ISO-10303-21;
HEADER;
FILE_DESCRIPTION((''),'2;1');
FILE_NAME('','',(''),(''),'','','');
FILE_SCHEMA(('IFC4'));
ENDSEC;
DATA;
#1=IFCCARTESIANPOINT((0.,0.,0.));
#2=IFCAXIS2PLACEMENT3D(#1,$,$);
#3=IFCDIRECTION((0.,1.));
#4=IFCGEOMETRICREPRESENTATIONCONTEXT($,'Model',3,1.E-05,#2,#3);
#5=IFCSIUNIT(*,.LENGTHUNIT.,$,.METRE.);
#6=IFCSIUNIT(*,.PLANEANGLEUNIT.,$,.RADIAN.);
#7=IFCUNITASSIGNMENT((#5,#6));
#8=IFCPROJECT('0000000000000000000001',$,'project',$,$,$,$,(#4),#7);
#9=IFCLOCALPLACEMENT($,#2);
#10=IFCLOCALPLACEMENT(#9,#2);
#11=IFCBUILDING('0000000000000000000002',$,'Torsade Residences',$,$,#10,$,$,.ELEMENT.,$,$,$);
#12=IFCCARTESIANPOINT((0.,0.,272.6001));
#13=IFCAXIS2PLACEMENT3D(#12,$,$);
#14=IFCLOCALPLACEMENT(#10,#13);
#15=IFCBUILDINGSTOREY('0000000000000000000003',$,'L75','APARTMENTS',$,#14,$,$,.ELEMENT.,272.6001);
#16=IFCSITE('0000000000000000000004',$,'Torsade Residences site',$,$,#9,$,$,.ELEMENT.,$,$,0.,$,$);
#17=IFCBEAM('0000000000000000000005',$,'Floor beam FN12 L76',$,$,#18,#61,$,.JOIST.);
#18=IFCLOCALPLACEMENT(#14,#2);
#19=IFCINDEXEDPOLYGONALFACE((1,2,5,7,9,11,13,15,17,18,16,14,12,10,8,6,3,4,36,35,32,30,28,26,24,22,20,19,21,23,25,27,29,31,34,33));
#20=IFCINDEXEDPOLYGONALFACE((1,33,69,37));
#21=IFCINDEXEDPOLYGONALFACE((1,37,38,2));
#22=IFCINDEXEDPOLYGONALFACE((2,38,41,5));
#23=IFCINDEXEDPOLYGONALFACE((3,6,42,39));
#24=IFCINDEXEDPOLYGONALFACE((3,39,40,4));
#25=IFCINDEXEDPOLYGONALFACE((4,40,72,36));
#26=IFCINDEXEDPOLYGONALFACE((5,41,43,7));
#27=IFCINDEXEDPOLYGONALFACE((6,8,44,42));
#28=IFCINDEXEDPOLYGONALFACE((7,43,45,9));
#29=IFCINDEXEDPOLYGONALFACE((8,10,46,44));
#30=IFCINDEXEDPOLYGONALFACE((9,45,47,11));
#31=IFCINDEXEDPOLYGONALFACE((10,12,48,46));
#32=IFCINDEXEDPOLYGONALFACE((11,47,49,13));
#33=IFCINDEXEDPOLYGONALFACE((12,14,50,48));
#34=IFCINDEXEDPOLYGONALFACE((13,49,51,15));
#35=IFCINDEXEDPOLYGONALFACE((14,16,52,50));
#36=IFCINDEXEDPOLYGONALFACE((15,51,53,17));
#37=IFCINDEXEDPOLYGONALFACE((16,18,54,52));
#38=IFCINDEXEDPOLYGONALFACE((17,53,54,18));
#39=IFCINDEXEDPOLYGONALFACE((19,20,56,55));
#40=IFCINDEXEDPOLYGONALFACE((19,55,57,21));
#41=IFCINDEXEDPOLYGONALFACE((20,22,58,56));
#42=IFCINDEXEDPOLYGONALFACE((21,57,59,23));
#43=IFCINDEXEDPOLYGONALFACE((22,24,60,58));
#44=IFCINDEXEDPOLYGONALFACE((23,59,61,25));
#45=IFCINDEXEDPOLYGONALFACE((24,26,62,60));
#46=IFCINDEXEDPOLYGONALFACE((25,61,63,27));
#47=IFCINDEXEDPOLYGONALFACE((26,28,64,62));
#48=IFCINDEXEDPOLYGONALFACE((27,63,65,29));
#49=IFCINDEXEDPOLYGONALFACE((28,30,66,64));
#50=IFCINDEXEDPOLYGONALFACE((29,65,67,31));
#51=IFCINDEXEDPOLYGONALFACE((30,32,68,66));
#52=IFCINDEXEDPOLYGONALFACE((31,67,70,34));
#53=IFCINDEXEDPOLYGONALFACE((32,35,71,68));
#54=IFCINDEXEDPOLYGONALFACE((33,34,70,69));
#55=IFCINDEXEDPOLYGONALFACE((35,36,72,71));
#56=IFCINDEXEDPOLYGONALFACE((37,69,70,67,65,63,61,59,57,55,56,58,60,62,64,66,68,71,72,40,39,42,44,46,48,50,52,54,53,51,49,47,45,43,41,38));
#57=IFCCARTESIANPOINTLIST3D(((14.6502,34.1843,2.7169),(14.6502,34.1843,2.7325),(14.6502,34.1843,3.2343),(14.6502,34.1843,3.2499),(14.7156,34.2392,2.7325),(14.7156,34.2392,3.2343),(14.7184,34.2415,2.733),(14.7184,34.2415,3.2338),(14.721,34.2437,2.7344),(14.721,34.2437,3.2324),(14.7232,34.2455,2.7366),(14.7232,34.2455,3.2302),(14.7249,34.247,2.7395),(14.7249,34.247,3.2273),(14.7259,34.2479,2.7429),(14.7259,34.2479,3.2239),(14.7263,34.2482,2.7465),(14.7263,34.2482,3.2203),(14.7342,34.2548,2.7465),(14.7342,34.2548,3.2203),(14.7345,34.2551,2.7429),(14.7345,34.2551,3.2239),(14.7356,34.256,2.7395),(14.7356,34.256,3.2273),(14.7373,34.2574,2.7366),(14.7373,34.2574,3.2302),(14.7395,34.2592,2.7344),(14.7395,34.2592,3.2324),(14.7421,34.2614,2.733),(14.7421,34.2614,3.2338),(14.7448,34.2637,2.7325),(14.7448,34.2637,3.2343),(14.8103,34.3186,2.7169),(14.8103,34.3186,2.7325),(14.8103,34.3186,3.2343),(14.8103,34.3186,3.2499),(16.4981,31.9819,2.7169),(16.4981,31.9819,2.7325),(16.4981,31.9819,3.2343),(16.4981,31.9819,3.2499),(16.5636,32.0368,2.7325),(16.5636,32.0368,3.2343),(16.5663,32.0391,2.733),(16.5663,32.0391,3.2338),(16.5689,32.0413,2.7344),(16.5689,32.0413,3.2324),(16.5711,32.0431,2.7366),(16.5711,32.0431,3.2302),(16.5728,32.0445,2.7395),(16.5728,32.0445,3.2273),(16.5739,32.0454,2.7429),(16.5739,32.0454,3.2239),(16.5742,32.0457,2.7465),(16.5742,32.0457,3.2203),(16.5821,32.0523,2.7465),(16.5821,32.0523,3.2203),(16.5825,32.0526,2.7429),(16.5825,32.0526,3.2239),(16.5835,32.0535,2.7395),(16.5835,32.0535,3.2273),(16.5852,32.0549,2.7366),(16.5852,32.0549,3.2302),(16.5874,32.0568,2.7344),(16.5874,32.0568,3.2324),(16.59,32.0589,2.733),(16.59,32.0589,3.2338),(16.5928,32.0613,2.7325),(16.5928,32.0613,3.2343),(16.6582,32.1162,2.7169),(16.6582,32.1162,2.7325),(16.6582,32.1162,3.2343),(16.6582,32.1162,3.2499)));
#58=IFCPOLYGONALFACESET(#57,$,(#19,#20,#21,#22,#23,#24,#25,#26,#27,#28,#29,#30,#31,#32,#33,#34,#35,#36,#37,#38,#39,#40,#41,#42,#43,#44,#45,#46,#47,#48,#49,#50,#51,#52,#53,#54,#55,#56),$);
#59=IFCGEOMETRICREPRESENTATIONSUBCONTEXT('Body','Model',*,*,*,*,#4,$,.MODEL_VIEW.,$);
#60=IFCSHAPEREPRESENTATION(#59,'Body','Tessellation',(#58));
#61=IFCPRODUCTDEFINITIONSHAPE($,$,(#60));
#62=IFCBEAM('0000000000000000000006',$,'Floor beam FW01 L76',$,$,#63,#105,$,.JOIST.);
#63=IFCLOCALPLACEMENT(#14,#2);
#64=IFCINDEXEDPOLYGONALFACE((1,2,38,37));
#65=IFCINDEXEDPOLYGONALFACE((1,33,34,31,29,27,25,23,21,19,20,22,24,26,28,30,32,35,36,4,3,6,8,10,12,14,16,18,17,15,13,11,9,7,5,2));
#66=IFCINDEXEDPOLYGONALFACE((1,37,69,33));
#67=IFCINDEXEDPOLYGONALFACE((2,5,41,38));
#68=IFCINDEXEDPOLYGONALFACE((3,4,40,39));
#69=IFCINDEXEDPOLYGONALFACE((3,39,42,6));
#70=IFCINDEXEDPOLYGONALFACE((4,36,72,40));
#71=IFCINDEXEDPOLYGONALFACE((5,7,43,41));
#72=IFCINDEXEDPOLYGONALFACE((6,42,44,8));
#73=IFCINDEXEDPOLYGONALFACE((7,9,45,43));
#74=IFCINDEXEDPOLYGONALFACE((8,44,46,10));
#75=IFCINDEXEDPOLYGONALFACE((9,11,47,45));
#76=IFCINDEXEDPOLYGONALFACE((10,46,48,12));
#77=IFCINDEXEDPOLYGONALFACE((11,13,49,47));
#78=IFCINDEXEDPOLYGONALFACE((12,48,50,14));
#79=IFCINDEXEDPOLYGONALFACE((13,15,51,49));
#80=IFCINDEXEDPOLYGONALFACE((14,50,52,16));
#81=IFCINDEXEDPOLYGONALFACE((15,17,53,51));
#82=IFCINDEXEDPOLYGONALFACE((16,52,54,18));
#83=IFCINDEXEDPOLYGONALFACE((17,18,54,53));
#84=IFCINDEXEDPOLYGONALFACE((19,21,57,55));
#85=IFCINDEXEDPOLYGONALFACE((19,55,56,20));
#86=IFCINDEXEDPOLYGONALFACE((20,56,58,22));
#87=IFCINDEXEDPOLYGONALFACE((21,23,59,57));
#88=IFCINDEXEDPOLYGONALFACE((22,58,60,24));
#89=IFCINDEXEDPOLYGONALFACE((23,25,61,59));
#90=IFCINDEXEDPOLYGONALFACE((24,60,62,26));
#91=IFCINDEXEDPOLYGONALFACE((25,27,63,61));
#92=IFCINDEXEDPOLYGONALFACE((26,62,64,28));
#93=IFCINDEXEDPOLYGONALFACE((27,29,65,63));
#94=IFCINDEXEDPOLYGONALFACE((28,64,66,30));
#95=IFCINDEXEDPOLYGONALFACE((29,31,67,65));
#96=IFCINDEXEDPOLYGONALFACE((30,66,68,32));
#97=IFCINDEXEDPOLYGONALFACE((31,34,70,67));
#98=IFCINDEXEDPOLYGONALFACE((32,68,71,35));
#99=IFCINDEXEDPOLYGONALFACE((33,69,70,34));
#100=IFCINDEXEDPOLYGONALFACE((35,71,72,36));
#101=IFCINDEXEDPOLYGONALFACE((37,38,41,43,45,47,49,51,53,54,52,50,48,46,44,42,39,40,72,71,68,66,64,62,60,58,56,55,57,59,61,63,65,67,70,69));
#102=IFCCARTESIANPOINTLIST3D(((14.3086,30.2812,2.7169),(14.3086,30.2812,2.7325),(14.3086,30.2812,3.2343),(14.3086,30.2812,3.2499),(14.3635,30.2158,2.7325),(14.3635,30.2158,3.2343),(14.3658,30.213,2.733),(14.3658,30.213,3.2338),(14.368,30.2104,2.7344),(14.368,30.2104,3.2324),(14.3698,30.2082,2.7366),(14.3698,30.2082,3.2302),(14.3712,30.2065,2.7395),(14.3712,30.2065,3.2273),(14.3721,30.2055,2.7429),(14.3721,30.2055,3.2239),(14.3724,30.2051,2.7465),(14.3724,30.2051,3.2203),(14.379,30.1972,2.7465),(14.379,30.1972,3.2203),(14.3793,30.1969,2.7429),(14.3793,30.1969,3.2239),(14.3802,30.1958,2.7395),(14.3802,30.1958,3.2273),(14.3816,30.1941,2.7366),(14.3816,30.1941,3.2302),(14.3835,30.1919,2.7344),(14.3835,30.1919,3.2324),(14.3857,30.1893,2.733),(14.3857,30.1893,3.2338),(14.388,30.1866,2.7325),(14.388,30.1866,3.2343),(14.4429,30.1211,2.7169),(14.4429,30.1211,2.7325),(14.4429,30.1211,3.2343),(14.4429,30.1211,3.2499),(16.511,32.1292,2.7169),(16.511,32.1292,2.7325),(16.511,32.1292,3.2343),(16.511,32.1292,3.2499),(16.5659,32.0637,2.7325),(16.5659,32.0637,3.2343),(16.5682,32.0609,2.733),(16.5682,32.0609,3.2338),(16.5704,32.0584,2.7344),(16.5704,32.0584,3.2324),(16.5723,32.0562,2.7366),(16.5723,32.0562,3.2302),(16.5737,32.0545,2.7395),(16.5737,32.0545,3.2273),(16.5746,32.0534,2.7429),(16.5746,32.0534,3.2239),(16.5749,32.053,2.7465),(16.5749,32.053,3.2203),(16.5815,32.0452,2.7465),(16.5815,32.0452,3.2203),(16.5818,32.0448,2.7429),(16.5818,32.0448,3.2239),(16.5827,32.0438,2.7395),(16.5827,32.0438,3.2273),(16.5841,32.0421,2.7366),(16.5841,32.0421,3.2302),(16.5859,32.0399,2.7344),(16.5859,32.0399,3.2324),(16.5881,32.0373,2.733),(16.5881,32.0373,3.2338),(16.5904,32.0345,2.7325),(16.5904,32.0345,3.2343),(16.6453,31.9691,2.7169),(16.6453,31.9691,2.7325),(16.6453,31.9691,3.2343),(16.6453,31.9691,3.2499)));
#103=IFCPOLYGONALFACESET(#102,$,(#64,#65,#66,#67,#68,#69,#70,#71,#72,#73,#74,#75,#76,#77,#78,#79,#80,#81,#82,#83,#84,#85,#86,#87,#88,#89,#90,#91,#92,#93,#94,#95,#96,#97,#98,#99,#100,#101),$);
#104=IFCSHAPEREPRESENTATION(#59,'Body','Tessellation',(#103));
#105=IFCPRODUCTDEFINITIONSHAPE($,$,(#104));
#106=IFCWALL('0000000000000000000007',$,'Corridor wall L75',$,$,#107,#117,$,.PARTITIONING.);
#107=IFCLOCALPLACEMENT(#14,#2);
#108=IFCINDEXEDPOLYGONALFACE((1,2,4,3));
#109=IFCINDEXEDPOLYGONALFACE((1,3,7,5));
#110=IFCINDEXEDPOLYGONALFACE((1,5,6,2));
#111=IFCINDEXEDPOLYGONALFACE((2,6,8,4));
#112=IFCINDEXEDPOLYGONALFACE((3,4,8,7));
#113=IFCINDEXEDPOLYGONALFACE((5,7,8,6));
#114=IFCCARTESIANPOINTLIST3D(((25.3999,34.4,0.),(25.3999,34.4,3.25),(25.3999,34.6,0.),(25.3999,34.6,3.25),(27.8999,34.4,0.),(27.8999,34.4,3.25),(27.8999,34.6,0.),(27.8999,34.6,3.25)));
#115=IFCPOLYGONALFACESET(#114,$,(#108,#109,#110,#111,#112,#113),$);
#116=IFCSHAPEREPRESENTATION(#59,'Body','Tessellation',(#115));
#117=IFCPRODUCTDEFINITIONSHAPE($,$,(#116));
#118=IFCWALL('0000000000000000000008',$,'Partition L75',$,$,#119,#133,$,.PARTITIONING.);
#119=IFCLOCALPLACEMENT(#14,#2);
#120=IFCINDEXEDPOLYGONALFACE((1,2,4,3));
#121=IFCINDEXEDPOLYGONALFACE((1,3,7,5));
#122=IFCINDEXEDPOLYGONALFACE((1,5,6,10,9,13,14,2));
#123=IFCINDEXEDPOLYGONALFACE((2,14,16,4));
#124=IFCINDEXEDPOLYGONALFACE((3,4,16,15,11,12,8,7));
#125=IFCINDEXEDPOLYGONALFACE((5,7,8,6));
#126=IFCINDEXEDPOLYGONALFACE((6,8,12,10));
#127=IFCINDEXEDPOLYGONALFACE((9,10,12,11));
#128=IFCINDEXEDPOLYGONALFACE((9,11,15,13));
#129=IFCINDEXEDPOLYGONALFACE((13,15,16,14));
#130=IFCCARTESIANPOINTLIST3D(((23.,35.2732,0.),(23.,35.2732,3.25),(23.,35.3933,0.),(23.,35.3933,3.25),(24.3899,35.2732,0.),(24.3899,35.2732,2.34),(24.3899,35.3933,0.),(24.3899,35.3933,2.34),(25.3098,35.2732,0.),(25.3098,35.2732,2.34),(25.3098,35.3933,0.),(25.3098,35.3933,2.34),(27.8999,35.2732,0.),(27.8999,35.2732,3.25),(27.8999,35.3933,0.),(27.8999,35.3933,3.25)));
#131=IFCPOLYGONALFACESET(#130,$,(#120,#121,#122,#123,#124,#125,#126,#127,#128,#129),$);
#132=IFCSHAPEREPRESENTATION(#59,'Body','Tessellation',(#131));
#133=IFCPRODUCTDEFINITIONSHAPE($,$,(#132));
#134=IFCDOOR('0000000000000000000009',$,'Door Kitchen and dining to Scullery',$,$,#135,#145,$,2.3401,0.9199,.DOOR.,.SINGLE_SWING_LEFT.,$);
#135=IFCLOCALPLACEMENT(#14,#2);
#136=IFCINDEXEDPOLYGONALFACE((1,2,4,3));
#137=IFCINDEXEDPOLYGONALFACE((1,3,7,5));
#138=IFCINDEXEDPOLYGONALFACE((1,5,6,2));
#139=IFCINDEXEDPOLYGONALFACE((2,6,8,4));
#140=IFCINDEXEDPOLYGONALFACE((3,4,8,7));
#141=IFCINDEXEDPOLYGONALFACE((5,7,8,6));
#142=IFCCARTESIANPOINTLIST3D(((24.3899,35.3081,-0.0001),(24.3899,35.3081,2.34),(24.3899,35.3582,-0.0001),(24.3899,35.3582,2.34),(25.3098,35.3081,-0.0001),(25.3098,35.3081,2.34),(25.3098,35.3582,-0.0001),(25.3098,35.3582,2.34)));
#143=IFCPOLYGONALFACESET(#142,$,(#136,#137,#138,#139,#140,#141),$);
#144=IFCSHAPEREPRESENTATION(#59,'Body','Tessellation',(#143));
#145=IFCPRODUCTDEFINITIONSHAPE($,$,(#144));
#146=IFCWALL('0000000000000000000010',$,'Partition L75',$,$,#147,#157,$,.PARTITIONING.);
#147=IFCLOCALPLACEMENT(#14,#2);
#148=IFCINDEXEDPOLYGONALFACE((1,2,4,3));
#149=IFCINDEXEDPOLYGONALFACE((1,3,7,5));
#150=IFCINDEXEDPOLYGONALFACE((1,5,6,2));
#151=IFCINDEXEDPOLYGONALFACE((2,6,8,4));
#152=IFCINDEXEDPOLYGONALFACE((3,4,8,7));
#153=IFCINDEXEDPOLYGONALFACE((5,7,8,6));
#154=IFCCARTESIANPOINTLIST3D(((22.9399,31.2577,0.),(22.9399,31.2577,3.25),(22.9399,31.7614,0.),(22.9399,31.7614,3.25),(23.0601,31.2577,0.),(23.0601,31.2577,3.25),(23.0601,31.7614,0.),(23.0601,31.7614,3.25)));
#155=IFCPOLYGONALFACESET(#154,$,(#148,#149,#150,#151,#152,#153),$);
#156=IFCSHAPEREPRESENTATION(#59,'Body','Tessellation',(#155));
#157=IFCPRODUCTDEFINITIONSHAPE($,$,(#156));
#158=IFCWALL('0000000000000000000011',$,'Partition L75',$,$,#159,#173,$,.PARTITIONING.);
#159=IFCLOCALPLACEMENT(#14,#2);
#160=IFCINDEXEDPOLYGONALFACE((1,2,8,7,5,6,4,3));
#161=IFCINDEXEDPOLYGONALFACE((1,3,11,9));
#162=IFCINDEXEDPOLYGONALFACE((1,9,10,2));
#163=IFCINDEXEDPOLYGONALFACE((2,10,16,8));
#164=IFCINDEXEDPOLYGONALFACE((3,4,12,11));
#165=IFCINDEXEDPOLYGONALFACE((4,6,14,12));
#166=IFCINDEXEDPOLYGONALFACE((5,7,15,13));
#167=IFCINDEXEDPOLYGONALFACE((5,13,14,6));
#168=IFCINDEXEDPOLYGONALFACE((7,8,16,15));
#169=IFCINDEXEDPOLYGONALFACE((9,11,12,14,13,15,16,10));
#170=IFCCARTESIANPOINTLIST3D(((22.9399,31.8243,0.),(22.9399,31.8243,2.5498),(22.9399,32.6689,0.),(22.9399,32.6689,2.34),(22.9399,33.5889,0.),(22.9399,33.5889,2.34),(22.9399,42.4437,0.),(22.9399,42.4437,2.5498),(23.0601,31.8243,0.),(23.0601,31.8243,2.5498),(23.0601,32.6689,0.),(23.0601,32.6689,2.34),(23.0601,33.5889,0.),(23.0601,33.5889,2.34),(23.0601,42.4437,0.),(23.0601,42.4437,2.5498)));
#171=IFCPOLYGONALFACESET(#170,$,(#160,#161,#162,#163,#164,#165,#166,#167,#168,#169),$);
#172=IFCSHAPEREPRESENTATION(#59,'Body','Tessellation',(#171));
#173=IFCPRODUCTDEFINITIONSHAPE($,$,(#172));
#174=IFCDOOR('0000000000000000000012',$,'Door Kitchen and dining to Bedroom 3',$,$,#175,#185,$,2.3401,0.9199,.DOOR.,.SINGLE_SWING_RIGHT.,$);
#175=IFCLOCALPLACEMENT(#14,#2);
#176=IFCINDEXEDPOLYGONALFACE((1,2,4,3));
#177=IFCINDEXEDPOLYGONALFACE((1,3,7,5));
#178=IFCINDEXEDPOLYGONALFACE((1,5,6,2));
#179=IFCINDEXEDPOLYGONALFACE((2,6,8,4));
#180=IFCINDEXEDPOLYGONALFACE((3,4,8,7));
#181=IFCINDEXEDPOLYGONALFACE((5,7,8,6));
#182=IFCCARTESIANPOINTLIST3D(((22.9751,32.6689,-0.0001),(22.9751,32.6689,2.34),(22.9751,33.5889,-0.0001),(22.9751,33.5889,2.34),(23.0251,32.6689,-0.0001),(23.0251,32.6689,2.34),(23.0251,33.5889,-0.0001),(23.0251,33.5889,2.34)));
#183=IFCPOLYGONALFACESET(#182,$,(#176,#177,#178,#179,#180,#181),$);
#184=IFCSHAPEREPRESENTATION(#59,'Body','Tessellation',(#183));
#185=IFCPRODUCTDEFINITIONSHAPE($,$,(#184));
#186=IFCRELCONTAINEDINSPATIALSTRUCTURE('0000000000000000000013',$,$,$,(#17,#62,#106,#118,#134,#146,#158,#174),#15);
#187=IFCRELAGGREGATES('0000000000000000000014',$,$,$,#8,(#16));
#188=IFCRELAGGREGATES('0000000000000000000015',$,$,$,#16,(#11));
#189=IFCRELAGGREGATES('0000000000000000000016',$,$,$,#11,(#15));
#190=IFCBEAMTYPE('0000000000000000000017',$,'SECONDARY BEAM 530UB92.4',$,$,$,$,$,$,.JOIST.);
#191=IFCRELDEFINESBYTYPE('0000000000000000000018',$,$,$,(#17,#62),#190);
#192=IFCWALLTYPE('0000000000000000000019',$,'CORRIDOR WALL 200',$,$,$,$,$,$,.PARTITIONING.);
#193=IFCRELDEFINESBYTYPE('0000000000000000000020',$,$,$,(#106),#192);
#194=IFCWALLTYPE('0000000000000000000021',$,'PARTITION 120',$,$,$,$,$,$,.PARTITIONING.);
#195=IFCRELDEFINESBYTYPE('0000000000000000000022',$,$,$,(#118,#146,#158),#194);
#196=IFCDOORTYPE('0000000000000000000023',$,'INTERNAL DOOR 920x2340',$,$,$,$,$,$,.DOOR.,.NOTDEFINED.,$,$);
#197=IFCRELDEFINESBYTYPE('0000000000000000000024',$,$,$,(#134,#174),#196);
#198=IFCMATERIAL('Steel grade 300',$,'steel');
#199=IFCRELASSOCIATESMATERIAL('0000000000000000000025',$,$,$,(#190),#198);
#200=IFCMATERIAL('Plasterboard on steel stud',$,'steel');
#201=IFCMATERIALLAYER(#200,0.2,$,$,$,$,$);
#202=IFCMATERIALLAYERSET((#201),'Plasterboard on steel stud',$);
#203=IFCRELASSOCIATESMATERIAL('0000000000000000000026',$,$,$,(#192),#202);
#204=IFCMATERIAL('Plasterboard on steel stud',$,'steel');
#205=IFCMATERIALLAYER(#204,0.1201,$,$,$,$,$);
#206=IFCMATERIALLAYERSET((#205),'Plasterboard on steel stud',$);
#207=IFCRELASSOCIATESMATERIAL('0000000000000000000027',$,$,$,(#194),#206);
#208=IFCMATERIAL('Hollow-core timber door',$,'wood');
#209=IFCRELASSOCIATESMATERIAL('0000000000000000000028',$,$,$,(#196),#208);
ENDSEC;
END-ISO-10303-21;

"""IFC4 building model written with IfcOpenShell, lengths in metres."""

from ifc_helpers import new_model, si_unit, direction, frame, frame_2d, origin, origin_2d, place, context, subcontext, project, spatial, rectangle, i_section, extrude, material, layer, layer_set, material_profile, profile_set, type_object, element, fill, save


model = new_model("IFC4")

# Units and contexts
model_context = context("Model", 3, precision=1e-05, world=origin(), true_north=direction((0.0, 1.0)))
body_context = subcontext(model_context, "Body", "Model", "MODEL_VIEW")
ifc_project = project(units=[si_unit("LENGTHUNIT", "METRE"), si_unit("PLANEANGLEUNIT", "RADIAN")], contexts=[model_context])

# Site, building, storey
site_placement = place(None, origin())
site = spatial("IfcSite", under=ifc_project, at=site_placement, Name="Torsade Residences site", CompositionType="ELEMENT", RefElevation=0.0)
building_placement = place(site_placement, origin())
building = spatial("IfcBuilding", under=site, at=building_placement, Name="Torsade Residences", CompositionType="ELEMENT")
storey_placement = place(building_placement, frame((0.0, 0.0, 272.6001)))
storey = spatial("IfcBuildingStorey", under=building, at=storey_placement, Name="L75", Description="APARTMENTS", CompositionType="ELEMENT", Elevation=272.6001)

# Beams
ifc_material_1 = material(Name="Steel grade 300", Category="steel")
ifc_material_profile_1 = material_profile(ifc_material_1, i_section(OverallWidth=0.209, OverallDepth=0.533, WebThickness=0.0103, FlangeThickness=0.0156, FilletRadius=0.0139, at=origin_2d()), Name="530UB92.4")
ifc_profile_set_1 = profile_set([ifc_material_profile_1], Name="Steel grade 300")
beam_type_1 = type_object("IfcBeamType", Name="SECONDARY BEAM 530UB92.4", PredefinedType="JOIST", material=ifc_profile_set_1)
for number, where, z_axis, x_axis, name in (
    (1, (14.7302, 34.2515, 2.9834), (0.642762, -0.766066, 0.0), (0.766066, 0.642762, 0.0), "Floor beam FN12 L76"),
    (2, (14.3757, 30.2012, 2.9834), (0.766066, 0.642762, 0.0), (-0.642762, 0.766066, 0.0), "Floor beam FW01 L76"),
):
    element("IfcBeam", number, at=place(storey_placement, frame(where, z_axis=z_axis, x_axis=x_axis)), inside=storey, type_object=beam_type_1, Name=name, PredefinedType="JOIST", context=body_context, shape_type="SweptSolid", body=[
        extrude(i_section(OverallWidth=0.209, OverallDepth=0.533, WebThickness=0.0103, FlangeThickness=0.0156, FilletRadius=0.0139, at=origin_2d()), origin(), (0.0, 0.0, 1.0), 2.875),
    ])

# Wall
ifc_material_2 = material(Name="Plasterboard on steel stud", Category="steel")
ifc_layer_1 = layer(ifc_material_2, 0.2)
ifc_layer_set_1 = layer_set([ifc_layer_1], Name="Plasterboard on steel stud")
wall_type_1 = type_object("IfcWallType", Name="CORRIDOR WALL 200", PredefinedType="PARTITIONING", material=ifc_layer_set_1)
wall_1_placement = place(storey_placement, frame((27.8999, 34.5, 0.0), z_axis=(0.0, 0.0, 1.0), x_axis=(-1.0, 0.0, 0.0)))
element("IfcWall", 3, at=wall_1_placement, inside=storey, type_object=wall_type_1, Name="Corridor wall L75", PredefinedType="PARTITIONING", context=body_context, shape_type="SweptSolid", body=[
    extrude(rectangle(XDim=2.5, YDim=0.2, at=frame_2d((1.25, 0.0))), origin(), (0.0, 0.0, 1.0), 3.25),
])

# Wall, opening, door
ifc_material_3 = material(Name="Plasterboard on steel stud", Category="steel")
ifc_layer_2 = layer(ifc_material_3, 0.1201)
ifc_layer_set_2 = layer_set([ifc_layer_2], Name="Plasterboard on steel stud")
wall_type_2 = type_object("IfcWallType", Name="PARTITION 120", PredefinedType="PARTITIONING", material=ifc_layer_set_2)
wall_2_placement = place(storey_placement, frame((23.0, 35.3333, 0.0), z_axis=(0.0, 0.0, 1.0), x_axis=(1.0, 0.0, 0.0)))
wall_2 = element("IfcWall", 4, at=wall_2_placement, inside=storey, type_object=wall_type_2, Name="Partition L75", PredefinedType="PARTITIONING", context=body_context, shape_type="SweptSolid", body=[
    extrude(rectangle(XDim=4.8999, YDim=0.1201, at=frame_2d((2.45, 0.0))), origin(), (0.0, 0.0, 1.0), 3.25),
])
opening_1_placement = place(wall_2_placement, frame((1.3899, 0.0, 0.0)))
opening_1 = element("IfcOpeningElement", 5, at=opening_1_placement, cuts=wall_2, PredefinedType="OPENING", context=body_context, shape_type="SweptSolid", body=[
    extrude(rectangle(XDim=0.9199, YDim=2.3401, at=frame_2d((0.46, 1.1699))), frame((0.0, 0.0701, 0.0), z_axis=(0.0, -1.0, 0.0), x_axis=(1.0, 0.0, 0.0)), (0.0, 0.0, 1.0), 0.1401),
])
ifc_material_4 = material(Name="Hollow-core timber door", Category="wood")
door_type_1 = type_object("IfcDoorType", Name="INTERNAL DOOR 920x2340", OperationType="NOTDEFINED", PredefinedType="DOOR", material=ifc_material_4)
door_1_placement = place(opening_1_placement, origin())
door_1 = element("IfcDoor", 6, at=door_1_placement, inside=storey, type_object=door_type_1, Name="Door Kitchen and dining to Scullery", OperationType="SINGLE_SWING_LEFT", OverallHeight=2.3401, OverallWidth=0.9199, PredefinedType="DOOR", context=body_context, shape_type="SweptSolid", body=[
    extrude(rectangle(XDim=0.9199, YDim=2.3401, at=frame_2d((0.46, 1.1699))), frame((0.0, 0.0249, 0.0), z_axis=(0.0, -1.0, 0.0), x_axis=(1.0, 0.0, 0.0)), (0.0, 0.0, 1.0), 0.05),
])
fill(opening_1, door_1)

# Wall
wall_3_placement = place(storey_placement, frame((23.0, 31.2576, 0.0), z_axis=(0.0, 0.0, 1.0), x_axis=(0.0, 1.0, 0.0)))
element("IfcWall", 7, at=wall_3_placement, inside=storey, type_object=wall_type_2, Name="Partition L75", PredefinedType="PARTITIONING", context=body_context, shape_type="SweptSolid", body=[
    extrude(rectangle(XDim=0.5037, YDim=0.1201, at=frame_2d((0.252, 0.0))), origin(), (0.0, 0.0, 1.0), 3.25),
])

# Wall, opening, door
wall_4_placement = place(storey_placement, frame((23.0, 31.8245, 0.0), z_axis=(0.0, 0.0, 1.0), x_axis=(0.0, 1.0, 0.0)))
wall_4 = element("IfcWall", 8, at=wall_4_placement, inside=storey, type_object=wall_type_2, Name="Partition L75", PredefinedType="PARTITIONING", context=body_context, shape_type="SweptSolid", body=[
    extrude(rectangle(XDim=10.6194, YDim=0.1201, at=frame_2d((5.3096, 0.0))), origin(), (0.0, 0.0, 1.0), 2.5498),
])
opening_2_placement = place(wall_4_placement, frame((0.8445, 0.0, 0.0)))
opening_2 = element("IfcOpeningElement", 9, at=opening_2_placement, cuts=wall_4, PredefinedType="OPENING", context=body_context, shape_type="SweptSolid", body=[
    extrude(rectangle(XDim=0.9199, YDim=2.3401, at=frame_2d((0.46, 1.1699))), frame((0.0, 0.0701, 0.0), z_axis=(0.0, -1.0, 0.0), x_axis=(1.0, 0.0, 0.0)), (0.0, 0.0, 1.0), 0.1401),
])
door_2_placement = place(opening_2_placement, origin())
door_2 = element("IfcDoor", 10, at=door_2_placement, inside=storey, type_object=door_type_1, Name="Door Kitchen and dining to Bedroom 3", OperationType="SINGLE_SWING_RIGHT", OverallHeight=2.3401, OverallWidth=0.9199, PredefinedType="DOOR", context=body_context, shape_type="SweptSolid", body=[
    extrude(rectangle(XDim=0.9199, YDim=2.3401, at=frame_2d((0.46, 1.1699))), frame((0.0, 0.0249, 0.0), z_axis=(0.0, -1.0, 0.0), x_axis=(1.0, 0.0, 0.0)), (0.0, 0.0, 1.0), 0.05),
])
fill(opening_2, door_2)

save(model, "model.ifc")
